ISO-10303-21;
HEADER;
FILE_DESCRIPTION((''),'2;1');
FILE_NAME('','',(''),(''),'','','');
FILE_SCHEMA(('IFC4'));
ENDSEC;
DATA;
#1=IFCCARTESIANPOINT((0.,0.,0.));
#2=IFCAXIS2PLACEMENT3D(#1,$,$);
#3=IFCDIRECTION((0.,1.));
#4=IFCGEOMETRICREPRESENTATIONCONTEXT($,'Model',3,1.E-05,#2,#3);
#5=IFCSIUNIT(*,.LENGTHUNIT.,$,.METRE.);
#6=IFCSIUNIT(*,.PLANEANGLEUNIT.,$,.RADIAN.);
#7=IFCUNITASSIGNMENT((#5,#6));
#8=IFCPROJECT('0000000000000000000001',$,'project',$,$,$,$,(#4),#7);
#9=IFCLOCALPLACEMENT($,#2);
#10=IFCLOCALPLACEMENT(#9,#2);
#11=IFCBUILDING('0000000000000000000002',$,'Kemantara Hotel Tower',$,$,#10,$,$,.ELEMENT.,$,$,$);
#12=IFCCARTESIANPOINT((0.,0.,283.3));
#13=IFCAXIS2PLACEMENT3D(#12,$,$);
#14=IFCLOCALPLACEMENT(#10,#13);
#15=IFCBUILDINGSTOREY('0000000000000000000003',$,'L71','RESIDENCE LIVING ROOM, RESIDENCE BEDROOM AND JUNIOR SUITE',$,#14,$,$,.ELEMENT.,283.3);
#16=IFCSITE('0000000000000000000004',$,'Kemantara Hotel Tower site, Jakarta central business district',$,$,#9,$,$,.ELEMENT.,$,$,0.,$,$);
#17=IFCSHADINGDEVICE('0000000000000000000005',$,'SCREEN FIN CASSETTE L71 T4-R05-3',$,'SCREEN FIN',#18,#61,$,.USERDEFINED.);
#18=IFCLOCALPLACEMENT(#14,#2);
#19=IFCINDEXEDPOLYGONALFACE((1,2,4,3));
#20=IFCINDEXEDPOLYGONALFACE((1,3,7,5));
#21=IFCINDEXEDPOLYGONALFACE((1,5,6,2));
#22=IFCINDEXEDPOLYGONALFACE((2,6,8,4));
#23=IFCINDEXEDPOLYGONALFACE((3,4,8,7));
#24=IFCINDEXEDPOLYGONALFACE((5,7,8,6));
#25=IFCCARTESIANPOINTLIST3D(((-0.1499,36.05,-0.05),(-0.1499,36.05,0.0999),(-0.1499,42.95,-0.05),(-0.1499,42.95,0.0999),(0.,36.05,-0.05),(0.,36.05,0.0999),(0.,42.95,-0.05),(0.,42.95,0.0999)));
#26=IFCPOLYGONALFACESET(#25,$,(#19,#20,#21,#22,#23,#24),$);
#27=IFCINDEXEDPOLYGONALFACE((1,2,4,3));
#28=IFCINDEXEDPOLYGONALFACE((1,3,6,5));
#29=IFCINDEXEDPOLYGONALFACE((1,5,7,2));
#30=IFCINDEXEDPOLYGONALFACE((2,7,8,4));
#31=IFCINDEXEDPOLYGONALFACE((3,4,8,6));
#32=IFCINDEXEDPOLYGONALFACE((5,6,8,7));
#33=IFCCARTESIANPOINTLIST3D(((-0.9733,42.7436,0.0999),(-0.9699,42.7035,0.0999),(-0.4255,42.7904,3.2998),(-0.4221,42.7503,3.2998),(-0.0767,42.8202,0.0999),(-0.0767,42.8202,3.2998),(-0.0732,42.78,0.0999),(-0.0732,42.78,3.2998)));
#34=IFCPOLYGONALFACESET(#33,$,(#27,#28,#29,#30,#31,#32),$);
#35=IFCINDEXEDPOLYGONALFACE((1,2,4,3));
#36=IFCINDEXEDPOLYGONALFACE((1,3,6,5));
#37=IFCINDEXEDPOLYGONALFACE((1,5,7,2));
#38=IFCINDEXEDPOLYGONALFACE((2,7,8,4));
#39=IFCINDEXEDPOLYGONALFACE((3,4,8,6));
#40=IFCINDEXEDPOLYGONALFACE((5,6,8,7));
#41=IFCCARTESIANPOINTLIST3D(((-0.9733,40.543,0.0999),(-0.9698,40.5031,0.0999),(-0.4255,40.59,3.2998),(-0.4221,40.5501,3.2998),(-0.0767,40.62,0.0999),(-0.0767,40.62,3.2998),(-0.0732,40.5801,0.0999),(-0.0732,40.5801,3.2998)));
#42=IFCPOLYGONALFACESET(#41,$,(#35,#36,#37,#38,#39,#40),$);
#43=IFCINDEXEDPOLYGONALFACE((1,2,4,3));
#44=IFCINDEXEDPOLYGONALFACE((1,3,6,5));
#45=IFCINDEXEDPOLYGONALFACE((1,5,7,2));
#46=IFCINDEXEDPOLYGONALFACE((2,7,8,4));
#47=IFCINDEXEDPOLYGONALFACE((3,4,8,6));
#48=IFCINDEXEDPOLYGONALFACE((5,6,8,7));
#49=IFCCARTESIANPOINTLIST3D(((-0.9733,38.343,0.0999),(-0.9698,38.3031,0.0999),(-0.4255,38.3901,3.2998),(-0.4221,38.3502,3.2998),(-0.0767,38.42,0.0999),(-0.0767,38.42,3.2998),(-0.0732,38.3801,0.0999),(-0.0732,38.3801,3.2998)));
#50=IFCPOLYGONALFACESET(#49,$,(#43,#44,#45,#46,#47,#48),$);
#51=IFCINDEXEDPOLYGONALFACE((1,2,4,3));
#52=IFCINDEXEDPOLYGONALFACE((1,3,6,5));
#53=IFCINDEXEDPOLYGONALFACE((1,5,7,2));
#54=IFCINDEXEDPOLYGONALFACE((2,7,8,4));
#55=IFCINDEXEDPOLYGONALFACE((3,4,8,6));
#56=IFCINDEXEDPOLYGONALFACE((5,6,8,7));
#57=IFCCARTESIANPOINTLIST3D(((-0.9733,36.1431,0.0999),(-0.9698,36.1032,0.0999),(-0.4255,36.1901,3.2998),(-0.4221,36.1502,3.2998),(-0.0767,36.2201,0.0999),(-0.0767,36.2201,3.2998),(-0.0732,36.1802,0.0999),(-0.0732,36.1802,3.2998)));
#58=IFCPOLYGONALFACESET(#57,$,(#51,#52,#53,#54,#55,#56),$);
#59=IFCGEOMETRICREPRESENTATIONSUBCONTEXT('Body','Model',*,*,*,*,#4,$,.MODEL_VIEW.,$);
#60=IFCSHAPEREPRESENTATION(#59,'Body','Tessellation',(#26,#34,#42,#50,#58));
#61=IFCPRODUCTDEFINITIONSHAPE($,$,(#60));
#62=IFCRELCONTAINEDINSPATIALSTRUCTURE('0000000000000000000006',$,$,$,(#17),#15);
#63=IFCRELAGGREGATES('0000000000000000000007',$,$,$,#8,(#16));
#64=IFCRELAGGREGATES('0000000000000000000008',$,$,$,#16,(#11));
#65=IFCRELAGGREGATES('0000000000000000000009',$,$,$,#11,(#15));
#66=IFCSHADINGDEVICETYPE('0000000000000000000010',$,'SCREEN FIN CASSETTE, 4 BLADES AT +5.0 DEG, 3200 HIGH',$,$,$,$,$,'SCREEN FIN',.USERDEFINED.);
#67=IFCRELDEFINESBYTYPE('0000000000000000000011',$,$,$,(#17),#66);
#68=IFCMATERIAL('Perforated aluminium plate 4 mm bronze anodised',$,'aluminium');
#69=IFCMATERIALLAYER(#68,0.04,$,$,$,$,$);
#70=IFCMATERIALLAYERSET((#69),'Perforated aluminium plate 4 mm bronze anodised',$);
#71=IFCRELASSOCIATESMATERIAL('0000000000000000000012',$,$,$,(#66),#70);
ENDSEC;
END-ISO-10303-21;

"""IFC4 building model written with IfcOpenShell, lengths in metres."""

from ifc_helpers import new_model, si_unit, direction, frame, origin, origin_2d, place, context, subcontext, project, spatial, polyline, rectangle, outline, extrude, source, transform, mapped, material, layer, layer_set, type_object, element, save


model = new_model("IFC4")

# Units and contexts
model_context = context("Model", 3, precision=1e-05, world=origin(), true_north=direction((0.0, 1.0)))
body_context = subcontext(model_context, "Body", "Model", "MODEL_VIEW")
ifc_project = project(units=[si_unit("LENGTHUNIT", "METRE"), si_unit("PLANEANGLEUNIT", "RADIAN")], contexts=[model_context])

# Site, building, storey
site_placement = place(None, origin())
site = spatial("IfcSite", under=ifc_project, at=site_placement, Name="Kemantara Hotel Tower site, Jakarta central business district", CompositionType="ELEMENT", RefElevation=0.0)
building_placement = place(site_placement, origin())
building = spatial("IfcBuilding", under=site, at=building_placement, Name="Kemantara Hotel Tower", CompositionType="ELEMENT")
storey_placement = place(building_placement, frame((0.0, 0.0, 283.3)))
storey = spatial("IfcBuildingStorey", under=building, at=storey_placement, Name="L71", Description="RESIDENCE LIVING ROOM, RESIDENCE BEDROOM AND JUNIOR SUITE", CompositionType="ELEMENT", Elevation=283.3)

# Shading device
ifc_material_1 = material(Name="Perforated aluminium plate 4 mm bronze anodised", Category="aluminium")
ifc_layer_1 = layer(ifc_material_1, 0.04)
ifc_layer_set_1 = layer_set([ifc_layer_1], Name="Perforated aluminium plate 4 mm bronze anodised")
shading_device_type = type_object("IfcShadingDeviceType", Name="SCREEN FIN CASSETTE, 4 BLADES AT +5.0 DEG, 3200 HIGH", ElementType="SCREEN FIN", PredefinedType="USERDEFINED", material=ifc_layer_set_1)
shared_shape = source(origin(), body_context, "Body", "SweptSolid", [
    extrude(rectangle(XDim=6.8999, YDim=0.1499, at=origin_2d()), frame((3.3, -0.075, -0.1499), z_axis=(0.0, 0.0, 1.0), x_axis=(1.0, 0.0, 0.0)), (0.0, 0.0, 1.0), 0.1499),
    extrude(outline(polyline([(0.0, 0.0), (0.8999, 0.0), (0.3501, 3.2), (0.0, 3.2), (0.0, 0.0)])), frame((0.02, -0.0732, 0.0), z_axis=(-0.996376, -0.085056, 0.0), x_axis=(0.085056, -0.996376, 0.0)), (0.0, 0.0, 1.0), 0.0403),
    extrude(outline(polyline([(0.0, 0.0), (0.8999, 0.0), (0.3501, 3.2), (0.0, 3.2), (0.0, 0.0)])), frame((2.22, -0.0732, 0.0), z_axis=(-0.996332, -0.085575, 0.0), x_axis=(0.085575, -0.996332, 0.0)), (0.0, 0.0, 1.0), 0.04),
    extrude(outline(polyline([(0.0, 0.0), (0.8999, 0.0), (0.3501, 3.2), (0.0, 3.2), (0.0, 0.0)])), frame((4.4199, -0.0732, 0.0), z_axis=(-0.996332, -0.085575, 0.0), x_axis=(0.085575, -0.996332, 0.0)), (0.0, 0.0, 1.0), 0.04),
    extrude(outline(polyline([(0.0, 0.0), (0.8999, 0.0), (0.3501, 3.2), (0.0, 3.2), (0.0, 0.0)])), frame((6.6199, -0.0732, 0.0), z_axis=(-0.996332, -0.085575, 0.0), x_axis=(0.085575, -0.996332, 0.0)), (0.0, 0.0, 1.0), 0.04),
])
shading_device_placement = place(storey_placement, frame((0.0, 42.8, 0.0999), z_axis=(0.0, 0.0, 1.0), x_axis=(0.0, -1.0, 0.0)))
element("IfcShadingDevice", 1, at=shading_device_placement, inside=storey, type_object=shading_device_type, Name="SCREEN FIN CASSETTE L71 T4-R05-3", ObjectType="SCREEN FIN", PredefinedType="USERDEFINED", context=body_context, shape_type="MappedRepresentation", body=[
    mapped(shared_shape, transform((0.0, 0.0, 0.0))),
])

save(model, "model.ifc")
